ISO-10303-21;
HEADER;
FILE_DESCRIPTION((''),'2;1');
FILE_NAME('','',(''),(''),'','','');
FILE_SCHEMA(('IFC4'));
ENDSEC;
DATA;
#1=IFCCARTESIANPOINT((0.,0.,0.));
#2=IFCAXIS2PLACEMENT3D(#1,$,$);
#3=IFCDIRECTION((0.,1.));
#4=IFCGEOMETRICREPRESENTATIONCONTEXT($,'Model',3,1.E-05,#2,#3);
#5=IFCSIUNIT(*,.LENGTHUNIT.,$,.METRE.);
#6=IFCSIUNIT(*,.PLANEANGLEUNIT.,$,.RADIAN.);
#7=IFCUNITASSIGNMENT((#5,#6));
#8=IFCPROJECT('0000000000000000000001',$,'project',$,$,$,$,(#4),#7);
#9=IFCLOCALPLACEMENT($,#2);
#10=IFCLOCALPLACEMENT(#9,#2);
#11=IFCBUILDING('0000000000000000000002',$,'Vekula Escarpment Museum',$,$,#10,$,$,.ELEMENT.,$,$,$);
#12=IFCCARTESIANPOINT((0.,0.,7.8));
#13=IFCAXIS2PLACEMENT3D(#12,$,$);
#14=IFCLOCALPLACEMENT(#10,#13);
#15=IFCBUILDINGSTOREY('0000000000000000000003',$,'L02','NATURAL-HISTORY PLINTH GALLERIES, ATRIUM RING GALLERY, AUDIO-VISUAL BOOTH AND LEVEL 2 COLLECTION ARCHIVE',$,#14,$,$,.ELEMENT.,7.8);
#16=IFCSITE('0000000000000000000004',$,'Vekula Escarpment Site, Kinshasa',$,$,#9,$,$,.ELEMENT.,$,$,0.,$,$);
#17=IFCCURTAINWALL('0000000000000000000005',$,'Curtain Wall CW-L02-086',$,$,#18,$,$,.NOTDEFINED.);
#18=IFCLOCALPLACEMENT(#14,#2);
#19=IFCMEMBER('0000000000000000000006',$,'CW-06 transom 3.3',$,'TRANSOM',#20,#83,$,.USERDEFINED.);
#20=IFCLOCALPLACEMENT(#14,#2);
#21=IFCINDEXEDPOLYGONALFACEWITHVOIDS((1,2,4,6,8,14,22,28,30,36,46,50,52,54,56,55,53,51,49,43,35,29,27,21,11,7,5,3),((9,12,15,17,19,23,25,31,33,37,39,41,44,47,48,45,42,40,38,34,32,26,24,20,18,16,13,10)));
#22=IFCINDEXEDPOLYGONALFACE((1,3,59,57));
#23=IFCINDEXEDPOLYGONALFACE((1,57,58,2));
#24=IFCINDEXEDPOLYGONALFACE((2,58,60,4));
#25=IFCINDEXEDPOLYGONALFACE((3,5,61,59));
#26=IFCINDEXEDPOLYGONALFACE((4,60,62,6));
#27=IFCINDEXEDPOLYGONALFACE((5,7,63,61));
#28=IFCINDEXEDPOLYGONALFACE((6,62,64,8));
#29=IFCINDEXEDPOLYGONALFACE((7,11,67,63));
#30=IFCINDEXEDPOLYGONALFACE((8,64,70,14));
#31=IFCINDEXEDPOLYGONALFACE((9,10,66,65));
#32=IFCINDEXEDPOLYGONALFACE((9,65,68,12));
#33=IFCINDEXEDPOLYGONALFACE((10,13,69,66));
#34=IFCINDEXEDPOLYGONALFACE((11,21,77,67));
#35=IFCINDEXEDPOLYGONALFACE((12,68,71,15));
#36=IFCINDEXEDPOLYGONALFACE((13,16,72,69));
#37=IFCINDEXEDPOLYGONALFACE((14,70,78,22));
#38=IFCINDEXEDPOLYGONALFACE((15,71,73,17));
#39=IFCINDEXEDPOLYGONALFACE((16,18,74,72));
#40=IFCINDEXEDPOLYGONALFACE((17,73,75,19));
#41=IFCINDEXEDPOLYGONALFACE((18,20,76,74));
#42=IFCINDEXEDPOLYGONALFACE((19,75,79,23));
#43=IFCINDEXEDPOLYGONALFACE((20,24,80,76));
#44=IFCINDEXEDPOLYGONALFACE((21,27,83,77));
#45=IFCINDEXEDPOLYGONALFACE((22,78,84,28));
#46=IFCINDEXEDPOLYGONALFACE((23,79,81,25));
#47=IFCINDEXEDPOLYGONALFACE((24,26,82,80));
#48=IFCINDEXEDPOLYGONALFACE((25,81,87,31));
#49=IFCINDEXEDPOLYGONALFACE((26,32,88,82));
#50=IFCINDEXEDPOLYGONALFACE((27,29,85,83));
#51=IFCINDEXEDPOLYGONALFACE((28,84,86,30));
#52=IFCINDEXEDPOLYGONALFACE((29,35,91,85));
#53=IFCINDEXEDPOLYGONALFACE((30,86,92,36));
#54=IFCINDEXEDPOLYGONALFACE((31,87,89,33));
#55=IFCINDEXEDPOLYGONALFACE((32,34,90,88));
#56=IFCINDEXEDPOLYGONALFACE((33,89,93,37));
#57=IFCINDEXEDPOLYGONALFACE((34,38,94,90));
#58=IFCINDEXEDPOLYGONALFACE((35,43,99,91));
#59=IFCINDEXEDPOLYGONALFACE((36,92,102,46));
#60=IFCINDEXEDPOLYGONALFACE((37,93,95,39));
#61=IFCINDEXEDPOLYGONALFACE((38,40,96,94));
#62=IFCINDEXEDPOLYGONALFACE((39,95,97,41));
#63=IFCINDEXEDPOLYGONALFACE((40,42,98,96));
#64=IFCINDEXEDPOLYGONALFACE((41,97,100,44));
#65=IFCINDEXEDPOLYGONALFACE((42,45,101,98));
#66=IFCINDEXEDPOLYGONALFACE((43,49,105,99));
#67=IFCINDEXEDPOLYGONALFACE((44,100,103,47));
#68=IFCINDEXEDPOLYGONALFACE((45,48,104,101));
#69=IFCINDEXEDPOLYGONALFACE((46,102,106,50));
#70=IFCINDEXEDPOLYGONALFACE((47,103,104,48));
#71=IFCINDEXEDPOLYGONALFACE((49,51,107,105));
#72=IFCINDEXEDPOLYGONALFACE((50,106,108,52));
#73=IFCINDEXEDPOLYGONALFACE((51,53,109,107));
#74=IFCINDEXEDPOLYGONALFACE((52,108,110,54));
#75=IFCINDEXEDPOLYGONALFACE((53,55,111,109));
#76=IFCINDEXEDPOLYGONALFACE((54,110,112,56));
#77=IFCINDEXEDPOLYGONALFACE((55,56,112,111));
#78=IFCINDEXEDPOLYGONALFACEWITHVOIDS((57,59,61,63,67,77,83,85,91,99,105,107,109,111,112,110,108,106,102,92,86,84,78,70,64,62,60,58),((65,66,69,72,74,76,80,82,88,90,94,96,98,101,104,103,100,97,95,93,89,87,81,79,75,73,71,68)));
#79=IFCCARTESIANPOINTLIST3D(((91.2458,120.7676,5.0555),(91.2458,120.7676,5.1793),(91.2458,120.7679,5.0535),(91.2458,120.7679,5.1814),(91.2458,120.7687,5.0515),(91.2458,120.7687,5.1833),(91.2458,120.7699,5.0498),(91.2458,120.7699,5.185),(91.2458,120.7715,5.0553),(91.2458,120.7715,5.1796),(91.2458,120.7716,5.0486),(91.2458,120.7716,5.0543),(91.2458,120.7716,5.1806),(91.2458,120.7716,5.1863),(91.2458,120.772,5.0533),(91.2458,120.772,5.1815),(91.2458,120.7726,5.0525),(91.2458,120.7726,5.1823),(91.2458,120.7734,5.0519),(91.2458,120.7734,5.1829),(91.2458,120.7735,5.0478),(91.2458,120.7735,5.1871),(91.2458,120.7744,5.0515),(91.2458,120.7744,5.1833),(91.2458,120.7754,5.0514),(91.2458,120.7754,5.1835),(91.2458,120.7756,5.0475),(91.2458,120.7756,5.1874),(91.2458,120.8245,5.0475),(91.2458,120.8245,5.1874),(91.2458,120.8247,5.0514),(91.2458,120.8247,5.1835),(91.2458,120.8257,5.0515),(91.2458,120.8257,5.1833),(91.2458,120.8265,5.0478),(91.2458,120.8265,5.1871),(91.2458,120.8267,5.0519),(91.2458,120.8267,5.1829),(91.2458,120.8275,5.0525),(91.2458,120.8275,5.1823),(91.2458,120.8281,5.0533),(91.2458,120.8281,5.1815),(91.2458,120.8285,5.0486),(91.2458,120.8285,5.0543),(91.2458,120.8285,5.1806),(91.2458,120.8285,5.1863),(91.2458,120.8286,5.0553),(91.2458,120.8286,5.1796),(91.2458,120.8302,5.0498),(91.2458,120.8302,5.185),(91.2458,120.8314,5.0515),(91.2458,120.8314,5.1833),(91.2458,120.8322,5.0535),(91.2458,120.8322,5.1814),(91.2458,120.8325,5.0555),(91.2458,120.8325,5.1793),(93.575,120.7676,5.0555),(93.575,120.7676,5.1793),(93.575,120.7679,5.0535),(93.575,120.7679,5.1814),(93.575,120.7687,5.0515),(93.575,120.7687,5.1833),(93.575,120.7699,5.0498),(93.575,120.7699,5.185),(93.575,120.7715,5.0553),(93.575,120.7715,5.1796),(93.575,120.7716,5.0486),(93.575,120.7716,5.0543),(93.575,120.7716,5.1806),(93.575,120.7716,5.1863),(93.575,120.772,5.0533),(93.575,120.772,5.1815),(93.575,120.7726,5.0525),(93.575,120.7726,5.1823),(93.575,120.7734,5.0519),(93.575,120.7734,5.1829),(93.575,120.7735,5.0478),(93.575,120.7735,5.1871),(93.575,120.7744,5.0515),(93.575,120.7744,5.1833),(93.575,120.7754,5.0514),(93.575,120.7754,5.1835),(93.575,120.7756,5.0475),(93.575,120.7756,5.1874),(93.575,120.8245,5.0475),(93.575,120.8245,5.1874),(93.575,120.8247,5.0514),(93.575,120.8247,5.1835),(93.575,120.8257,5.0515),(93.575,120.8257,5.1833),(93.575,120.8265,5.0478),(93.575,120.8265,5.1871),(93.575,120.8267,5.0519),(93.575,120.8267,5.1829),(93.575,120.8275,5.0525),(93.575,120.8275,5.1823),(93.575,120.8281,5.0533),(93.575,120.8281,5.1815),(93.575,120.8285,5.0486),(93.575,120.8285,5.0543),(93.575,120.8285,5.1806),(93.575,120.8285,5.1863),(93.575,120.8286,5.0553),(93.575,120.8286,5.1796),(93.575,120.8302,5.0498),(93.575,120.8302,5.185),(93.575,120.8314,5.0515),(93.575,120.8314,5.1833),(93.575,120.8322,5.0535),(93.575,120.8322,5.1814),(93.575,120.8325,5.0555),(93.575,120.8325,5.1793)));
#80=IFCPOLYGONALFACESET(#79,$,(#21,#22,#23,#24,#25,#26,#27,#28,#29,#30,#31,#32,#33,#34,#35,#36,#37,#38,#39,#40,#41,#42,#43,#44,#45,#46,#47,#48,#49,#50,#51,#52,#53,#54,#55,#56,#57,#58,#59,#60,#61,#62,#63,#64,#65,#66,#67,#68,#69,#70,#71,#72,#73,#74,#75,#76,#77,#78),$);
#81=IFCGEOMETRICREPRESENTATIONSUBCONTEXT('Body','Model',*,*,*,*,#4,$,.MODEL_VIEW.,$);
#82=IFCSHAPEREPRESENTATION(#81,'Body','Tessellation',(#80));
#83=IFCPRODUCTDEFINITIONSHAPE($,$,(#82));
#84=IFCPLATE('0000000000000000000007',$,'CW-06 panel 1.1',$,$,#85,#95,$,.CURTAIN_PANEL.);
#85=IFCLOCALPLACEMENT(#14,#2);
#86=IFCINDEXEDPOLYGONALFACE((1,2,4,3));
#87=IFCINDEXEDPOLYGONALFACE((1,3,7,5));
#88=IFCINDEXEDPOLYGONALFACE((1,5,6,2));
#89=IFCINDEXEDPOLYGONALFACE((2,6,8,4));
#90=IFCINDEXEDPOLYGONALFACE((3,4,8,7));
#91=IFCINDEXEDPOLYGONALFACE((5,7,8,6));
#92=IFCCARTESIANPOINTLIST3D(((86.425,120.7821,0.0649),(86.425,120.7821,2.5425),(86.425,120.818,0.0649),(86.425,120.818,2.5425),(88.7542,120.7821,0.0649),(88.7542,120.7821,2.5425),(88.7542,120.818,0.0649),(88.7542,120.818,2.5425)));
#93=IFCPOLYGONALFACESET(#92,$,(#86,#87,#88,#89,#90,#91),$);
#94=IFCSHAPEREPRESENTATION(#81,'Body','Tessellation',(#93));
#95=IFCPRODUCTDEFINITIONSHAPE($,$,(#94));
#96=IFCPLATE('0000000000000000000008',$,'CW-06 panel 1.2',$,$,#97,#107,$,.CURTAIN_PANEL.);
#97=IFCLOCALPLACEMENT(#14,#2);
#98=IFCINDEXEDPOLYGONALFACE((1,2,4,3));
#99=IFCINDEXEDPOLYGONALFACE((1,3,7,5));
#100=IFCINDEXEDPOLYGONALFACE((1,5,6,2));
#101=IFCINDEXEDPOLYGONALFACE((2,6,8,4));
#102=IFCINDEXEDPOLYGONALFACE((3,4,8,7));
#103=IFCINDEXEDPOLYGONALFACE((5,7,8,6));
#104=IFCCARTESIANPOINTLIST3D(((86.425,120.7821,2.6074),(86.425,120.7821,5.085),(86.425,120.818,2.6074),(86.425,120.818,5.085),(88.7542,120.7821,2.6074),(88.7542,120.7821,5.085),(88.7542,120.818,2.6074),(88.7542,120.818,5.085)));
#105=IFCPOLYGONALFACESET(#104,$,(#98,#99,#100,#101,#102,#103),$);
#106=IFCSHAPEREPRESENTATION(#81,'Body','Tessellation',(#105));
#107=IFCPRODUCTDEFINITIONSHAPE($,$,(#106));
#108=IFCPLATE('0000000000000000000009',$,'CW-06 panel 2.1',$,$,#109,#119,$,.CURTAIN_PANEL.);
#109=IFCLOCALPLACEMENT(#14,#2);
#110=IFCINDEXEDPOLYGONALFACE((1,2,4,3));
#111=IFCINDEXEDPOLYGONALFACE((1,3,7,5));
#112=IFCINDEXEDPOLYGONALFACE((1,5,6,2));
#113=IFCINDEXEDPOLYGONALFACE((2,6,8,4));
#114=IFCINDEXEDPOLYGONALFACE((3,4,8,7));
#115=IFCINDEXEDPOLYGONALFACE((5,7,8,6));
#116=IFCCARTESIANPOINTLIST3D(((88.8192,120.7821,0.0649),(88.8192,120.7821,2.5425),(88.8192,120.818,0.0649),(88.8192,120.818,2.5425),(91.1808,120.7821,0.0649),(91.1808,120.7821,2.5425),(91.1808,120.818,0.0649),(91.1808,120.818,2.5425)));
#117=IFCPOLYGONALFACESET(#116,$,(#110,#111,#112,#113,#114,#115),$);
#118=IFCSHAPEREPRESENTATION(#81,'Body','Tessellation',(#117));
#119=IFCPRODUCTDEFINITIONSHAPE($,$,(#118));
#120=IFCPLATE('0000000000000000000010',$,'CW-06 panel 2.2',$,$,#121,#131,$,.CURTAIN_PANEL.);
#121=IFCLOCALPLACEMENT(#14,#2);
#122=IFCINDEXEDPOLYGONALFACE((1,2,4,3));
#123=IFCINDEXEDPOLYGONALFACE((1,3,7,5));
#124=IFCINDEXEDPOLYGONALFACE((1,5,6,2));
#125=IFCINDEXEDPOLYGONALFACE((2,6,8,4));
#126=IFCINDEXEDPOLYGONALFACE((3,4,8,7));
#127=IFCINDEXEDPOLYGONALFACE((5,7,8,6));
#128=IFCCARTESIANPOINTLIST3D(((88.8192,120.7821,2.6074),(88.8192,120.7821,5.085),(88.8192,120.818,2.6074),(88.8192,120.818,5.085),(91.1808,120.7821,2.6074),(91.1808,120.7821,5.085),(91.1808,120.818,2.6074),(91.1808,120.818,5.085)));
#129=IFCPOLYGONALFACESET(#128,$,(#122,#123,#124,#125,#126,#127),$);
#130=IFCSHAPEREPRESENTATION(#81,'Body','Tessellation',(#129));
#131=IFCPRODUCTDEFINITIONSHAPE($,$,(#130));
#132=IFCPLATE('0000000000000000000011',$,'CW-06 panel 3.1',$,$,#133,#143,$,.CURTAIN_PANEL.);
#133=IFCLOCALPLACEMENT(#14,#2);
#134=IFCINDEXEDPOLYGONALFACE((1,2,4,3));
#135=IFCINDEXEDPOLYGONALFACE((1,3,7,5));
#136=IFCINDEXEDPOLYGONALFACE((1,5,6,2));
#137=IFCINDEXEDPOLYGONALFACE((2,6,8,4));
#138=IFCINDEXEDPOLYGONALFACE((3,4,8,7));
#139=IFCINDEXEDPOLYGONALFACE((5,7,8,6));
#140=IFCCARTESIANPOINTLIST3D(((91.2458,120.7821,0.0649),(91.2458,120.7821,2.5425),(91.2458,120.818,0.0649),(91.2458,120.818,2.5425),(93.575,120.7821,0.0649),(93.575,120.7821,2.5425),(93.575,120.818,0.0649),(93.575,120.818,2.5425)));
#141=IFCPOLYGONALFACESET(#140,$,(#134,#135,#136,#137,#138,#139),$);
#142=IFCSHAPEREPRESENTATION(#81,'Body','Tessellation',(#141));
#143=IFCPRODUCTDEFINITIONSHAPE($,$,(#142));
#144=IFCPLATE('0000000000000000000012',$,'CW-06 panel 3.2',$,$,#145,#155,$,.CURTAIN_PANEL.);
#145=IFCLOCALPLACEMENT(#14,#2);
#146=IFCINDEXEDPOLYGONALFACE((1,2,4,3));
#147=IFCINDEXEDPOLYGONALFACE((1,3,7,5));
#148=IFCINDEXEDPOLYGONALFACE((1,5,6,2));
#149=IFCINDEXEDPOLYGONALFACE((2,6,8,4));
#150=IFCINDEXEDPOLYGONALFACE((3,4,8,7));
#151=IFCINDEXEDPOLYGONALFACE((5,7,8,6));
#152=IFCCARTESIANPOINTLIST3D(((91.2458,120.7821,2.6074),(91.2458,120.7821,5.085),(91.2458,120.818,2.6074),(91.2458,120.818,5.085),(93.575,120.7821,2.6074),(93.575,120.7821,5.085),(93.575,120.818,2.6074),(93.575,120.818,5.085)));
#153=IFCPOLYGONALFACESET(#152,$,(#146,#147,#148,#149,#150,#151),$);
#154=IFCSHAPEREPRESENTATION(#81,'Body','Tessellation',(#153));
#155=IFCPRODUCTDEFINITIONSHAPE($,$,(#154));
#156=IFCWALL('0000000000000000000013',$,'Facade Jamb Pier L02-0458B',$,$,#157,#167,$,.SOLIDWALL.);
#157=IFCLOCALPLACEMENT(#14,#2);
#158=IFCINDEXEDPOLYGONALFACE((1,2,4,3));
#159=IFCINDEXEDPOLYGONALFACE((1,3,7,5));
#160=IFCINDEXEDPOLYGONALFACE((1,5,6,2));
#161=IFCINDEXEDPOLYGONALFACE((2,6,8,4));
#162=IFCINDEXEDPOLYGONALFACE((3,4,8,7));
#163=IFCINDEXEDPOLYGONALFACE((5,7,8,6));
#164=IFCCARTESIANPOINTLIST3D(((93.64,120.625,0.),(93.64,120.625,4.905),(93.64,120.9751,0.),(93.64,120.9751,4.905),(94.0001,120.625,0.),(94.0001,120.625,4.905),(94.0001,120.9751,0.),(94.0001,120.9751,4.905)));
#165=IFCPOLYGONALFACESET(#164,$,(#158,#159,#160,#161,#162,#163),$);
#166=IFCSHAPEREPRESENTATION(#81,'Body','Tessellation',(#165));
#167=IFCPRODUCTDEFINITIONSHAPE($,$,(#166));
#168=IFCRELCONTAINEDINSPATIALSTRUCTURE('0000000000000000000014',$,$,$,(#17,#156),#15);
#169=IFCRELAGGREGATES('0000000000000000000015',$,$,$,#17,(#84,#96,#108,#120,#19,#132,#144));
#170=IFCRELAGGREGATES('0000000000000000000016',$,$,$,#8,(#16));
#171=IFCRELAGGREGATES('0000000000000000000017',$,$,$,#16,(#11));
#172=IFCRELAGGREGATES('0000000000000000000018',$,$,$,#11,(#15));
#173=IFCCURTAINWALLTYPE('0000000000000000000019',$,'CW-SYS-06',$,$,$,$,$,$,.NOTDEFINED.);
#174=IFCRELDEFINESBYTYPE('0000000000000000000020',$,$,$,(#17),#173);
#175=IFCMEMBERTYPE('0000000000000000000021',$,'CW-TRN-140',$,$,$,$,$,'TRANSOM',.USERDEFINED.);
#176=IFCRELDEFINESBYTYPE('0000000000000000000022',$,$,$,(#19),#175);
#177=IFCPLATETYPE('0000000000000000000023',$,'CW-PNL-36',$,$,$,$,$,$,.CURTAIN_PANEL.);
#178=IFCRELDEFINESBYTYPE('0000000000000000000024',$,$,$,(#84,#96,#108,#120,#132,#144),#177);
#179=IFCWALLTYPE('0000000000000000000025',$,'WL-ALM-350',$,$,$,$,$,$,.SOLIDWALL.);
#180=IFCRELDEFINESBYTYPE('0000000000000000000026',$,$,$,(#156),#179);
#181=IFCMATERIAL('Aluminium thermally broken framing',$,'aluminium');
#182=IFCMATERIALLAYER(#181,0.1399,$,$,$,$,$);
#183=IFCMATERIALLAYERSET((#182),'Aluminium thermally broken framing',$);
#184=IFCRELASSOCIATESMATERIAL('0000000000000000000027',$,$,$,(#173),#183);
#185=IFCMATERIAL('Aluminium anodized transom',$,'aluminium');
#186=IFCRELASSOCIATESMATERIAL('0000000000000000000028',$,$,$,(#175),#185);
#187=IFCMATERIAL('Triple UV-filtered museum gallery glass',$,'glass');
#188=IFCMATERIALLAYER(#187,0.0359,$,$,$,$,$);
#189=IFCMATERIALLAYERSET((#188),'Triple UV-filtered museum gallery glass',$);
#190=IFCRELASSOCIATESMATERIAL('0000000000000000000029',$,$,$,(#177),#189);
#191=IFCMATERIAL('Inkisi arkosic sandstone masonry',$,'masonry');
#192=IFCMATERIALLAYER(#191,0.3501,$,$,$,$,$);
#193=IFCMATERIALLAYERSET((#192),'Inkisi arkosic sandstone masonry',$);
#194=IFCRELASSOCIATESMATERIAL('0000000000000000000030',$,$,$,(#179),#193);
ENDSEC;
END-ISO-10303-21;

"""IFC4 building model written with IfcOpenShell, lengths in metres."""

from ifc_helpers import new_model, si_unit, direction, frame, frame_2d, origin, origin_2d, place, context, subcontext, project, spatial, rectangle, hollow_rectangle, extrude, material, layer, layer_set, material_profile, profile_set, type_object, element, aggregate, save


model = new_model("IFC4")

# Units and contexts
model_context = context("Model", 3, precision=1e-05, world=origin(), true_north=direction((0.0, 1.0)))
body_context = subcontext(model_context, "Body", "Model", "MODEL_VIEW")
ifc_project = project(units=[si_unit("LENGTHUNIT", "METRE"), si_unit("PLANEANGLEUNIT", "RADIAN")], contexts=[model_context])

# Site, building, storey
site_placement = place(None, origin())
site = spatial("IfcSite", under=ifc_project, at=site_placement, Name="Vekula Escarpment Site, Kinshasa", CompositionType="ELEMENT", RefElevation=0.0)
building_placement = place(site_placement, origin())
building = spatial("IfcBuilding", under=site, at=building_placement, Name="Vekula Escarpment Museum", CompositionType="ELEMENT")
storey_placement = place(building_placement, frame((0.0, 0.0, 7.8)))
storey = spatial("IfcBuildingStorey", under=building, at=storey_placement, Name="L02", Description="NATURAL-HISTORY PLINTH GALLERIES, ATRIUM RING GALLERY, AUDIO-VISUAL BOOTH AND LEVEL 2 COLLECTION ARCHIVE", CompositionType="ELEMENT", Elevation=7.8)

# Curtain wall, member, plates
ifc_material_1 = material(Name="Aluminium thermally broken framing", Category="aluminium")
ifc_layer_1 = layer(ifc_material_1, 0.1399)
ifc_layer_set_1 = layer_set([ifc_layer_1], Name="Aluminium thermally broken framing")
curtain_wall_type = type_object("IfcCurtainWallType", Name="CW-SYS-06", PredefinedType="NOTDEFINED", material=ifc_layer_set_1)
curtain_wall_placement = place(storey_placement, origin())
curtain_wall = element("IfcCurtainWall", 1, at=curtain_wall_placement, inside=storey, type_object=curtain_wall_type, Name="Curtain Wall CW-L02-086", PredefinedType="NOTDEFINED")
ifc_material_2 = material(Name="Aluminium anodized transom", Category="aluminium")
ifc_material_profile_1 = material_profile(ifc_material_2, hollow_rectangle(XDim=0.0649, YDim=0.1399, WallThickness=0.0039, InnerFilletRadius=0.0039, OuterFilletRadius=0.0081, at=origin_2d()), Name="ALU 140x65x4")
ifc_profile_set_1 = profile_set([ifc_material_profile_1], Name="Aluminium anodized transom")
member_type_1 = type_object("IfcMemberType", Name="CW-TRN-140", ElementType="TRANSOM", PredefinedType="USERDEFINED", material=ifc_profile_set_1)
member_1_placement = place(storey_placement, frame((91.2458, 120.8, 5.1174), z_axis=(1.0, 0.0, 0.0), x_axis=(0.0, 1.0, 0.0)))
member_1 = element("IfcMember", 2, at=member_1_placement, type_object=member_type_1, Name="CW-06 transom 3.3", ObjectType="TRANSOM", PredefinedType="USERDEFINED", context=body_context, shape_type="SweptSolid", body=[
    extrude(hollow_rectangle(XDim=0.0649, YDim=0.1399, WallThickness=0.0039, InnerFilletRadius=0.0039, OuterFilletRadius=0.0081, at=origin_2d()), origin(), (0.0, 0.0, 1.0), 2.3291),
])
ifc_material_3 = material(Name="Triple UV-filtered museum gallery glass", Category="glass")
ifc_layer_2 = layer(ifc_material_3, 0.0359)
ifc_layer_set_2 = layer_set([ifc_layer_2], Name="Triple UV-filtered museum gallery glass")
plate_type = type_object("IfcPlateType", Name="CW-PNL-36", PredefinedType="CURTAIN_PANEL", material=ifc_layer_set_2)
plate_1_placement = place(storey_placement, frame((87.5896, 120.8, 0.0649), z_axis=(0.0, 0.0, 1.0), x_axis=(1.0, 0.0, 0.0)))
plate_1 = element("IfcPlate", 3, at=plate_1_placement, type_object=plate_type, Name="CW-06 panel 1.1", PredefinedType="CURTAIN_PANEL", context=body_context, shape_type="SweptSolid", body=[
    extrude(rectangle(XDim=2.3291, YDim=0.0359, at=origin_2d()), origin(), (0.0, 0.0, 1.0), 2.4775),
])
plate_2_placement = place(storey_placement, frame((87.5896, 120.8, 2.6074), z_axis=(0.0, 0.0, 1.0), x_axis=(1.0, 0.0, 0.0)))
plate_2 = element("IfcPlate", 4, at=plate_2_placement, type_object=plate_type, Name="CW-06 panel 1.2", PredefinedType="CURTAIN_PANEL", context=body_context, shape_type="SweptSolid", body=[
    extrude(rectangle(XDim=2.3291, YDim=0.0359, at=origin_2d()), origin(), (0.0, 0.0, 1.0), 2.4775),
])
plate_3_placement = place(storey_placement, frame((90.0, 120.8, 0.0649), z_axis=(0.0, 0.0, 1.0), x_axis=(1.0, 0.0, 0.0)))
plate_3 = element("IfcPlate", 5, at=plate_3_placement, type_object=plate_type, Name="CW-06 panel 2.1", PredefinedType="CURTAIN_PANEL", context=body_context, shape_type="SweptSolid", body=[
    extrude(rectangle(XDim=2.3616, YDim=0.0359, at=origin_2d()), origin(), (0.0, 0.0, 1.0), 2.4775),
])
plate_4_placement = place(storey_placement, frame((90.0, 120.8, 2.6074), z_axis=(0.0, 0.0, 1.0), x_axis=(1.0, 0.0, 0.0)))
plate_4 = element("IfcPlate", 6, at=plate_4_placement, type_object=plate_type, Name="CW-06 panel 2.2", PredefinedType="CURTAIN_PANEL", context=body_context, shape_type="SweptSolid", body=[
    extrude(rectangle(XDim=2.3616, YDim=0.0359, at=origin_2d()), origin(), (0.0, 0.0, 1.0), 2.4775),
])
plate_5_placement = place(storey_placement, frame((92.4104, 120.8, 0.0649), z_axis=(0.0, 0.0, 1.0), x_axis=(1.0, 0.0, 0.0)))
plate_5 = element("IfcPlate", 7, at=plate_5_placement, type_object=plate_type, Name="CW-06 panel 3.1", PredefinedType="CURTAIN_PANEL", context=body_context, shape_type="SweptSolid", body=[
    extrude(rectangle(XDim=2.3291, YDim=0.0359, at=origin_2d()), origin(), (0.0, 0.0, 1.0), 2.4775),
])
plate_6_placement = place(storey_placement, frame((92.4104, 120.8, 2.6074), z_axis=(0.0, 0.0, 1.0), x_axis=(1.0, 0.0, 0.0)))
plate_6 = element("IfcPlate", 8, at=plate_6_placement, type_object=plate_type, Name="CW-06 panel 3.2", PredefinedType="CURTAIN_PANEL", context=body_context, shape_type="SweptSolid", body=[
    extrude(rectangle(XDim=2.3291, YDim=0.0359, at=origin_2d()), origin(), (0.0, 0.0, 1.0), 2.4775),
])
aggregate(curtain_wall, [plate_1, plate_2, plate_3, plate_4, member_1, plate_5, plate_6])

# Wall
ifc_material_4 = material(Name="Inkisi arkosic sandstone masonry", Category="masonry")
ifc_layer_3 = layer(ifc_material_4, 0.3501)
ifc_layer_set_3 = layer_set([ifc_layer_3], Name="Inkisi arkosic sandstone masonry")
wall_type_1 = type_object("IfcWallType", Name="WL-ALM-350", PredefinedType="SOLIDWALL", material=ifc_layer_set_3)
wall_1_placement = place(storey_placement, frame((93.6399, 120.8, 0.0), z_axis=(0.0, 0.0, 1.0), x_axis=(1.0, 0.0, 0.0)))
element("IfcWall", 9, at=wall_1_placement, inside=storey, type_object=wall_type_1, Name="Facade Jamb Pier L02-0458B", PredefinedType="SOLIDWALL", context=body_context, shape_type="SweptSolid", body=[
    extrude(rectangle(XDim=0.3601, YDim=0.3501, at=frame_2d((0.1802, 0.0))), origin(), (0.0, 0.0, 1.0), 4.905),
])

save(model, "model.ifc")
